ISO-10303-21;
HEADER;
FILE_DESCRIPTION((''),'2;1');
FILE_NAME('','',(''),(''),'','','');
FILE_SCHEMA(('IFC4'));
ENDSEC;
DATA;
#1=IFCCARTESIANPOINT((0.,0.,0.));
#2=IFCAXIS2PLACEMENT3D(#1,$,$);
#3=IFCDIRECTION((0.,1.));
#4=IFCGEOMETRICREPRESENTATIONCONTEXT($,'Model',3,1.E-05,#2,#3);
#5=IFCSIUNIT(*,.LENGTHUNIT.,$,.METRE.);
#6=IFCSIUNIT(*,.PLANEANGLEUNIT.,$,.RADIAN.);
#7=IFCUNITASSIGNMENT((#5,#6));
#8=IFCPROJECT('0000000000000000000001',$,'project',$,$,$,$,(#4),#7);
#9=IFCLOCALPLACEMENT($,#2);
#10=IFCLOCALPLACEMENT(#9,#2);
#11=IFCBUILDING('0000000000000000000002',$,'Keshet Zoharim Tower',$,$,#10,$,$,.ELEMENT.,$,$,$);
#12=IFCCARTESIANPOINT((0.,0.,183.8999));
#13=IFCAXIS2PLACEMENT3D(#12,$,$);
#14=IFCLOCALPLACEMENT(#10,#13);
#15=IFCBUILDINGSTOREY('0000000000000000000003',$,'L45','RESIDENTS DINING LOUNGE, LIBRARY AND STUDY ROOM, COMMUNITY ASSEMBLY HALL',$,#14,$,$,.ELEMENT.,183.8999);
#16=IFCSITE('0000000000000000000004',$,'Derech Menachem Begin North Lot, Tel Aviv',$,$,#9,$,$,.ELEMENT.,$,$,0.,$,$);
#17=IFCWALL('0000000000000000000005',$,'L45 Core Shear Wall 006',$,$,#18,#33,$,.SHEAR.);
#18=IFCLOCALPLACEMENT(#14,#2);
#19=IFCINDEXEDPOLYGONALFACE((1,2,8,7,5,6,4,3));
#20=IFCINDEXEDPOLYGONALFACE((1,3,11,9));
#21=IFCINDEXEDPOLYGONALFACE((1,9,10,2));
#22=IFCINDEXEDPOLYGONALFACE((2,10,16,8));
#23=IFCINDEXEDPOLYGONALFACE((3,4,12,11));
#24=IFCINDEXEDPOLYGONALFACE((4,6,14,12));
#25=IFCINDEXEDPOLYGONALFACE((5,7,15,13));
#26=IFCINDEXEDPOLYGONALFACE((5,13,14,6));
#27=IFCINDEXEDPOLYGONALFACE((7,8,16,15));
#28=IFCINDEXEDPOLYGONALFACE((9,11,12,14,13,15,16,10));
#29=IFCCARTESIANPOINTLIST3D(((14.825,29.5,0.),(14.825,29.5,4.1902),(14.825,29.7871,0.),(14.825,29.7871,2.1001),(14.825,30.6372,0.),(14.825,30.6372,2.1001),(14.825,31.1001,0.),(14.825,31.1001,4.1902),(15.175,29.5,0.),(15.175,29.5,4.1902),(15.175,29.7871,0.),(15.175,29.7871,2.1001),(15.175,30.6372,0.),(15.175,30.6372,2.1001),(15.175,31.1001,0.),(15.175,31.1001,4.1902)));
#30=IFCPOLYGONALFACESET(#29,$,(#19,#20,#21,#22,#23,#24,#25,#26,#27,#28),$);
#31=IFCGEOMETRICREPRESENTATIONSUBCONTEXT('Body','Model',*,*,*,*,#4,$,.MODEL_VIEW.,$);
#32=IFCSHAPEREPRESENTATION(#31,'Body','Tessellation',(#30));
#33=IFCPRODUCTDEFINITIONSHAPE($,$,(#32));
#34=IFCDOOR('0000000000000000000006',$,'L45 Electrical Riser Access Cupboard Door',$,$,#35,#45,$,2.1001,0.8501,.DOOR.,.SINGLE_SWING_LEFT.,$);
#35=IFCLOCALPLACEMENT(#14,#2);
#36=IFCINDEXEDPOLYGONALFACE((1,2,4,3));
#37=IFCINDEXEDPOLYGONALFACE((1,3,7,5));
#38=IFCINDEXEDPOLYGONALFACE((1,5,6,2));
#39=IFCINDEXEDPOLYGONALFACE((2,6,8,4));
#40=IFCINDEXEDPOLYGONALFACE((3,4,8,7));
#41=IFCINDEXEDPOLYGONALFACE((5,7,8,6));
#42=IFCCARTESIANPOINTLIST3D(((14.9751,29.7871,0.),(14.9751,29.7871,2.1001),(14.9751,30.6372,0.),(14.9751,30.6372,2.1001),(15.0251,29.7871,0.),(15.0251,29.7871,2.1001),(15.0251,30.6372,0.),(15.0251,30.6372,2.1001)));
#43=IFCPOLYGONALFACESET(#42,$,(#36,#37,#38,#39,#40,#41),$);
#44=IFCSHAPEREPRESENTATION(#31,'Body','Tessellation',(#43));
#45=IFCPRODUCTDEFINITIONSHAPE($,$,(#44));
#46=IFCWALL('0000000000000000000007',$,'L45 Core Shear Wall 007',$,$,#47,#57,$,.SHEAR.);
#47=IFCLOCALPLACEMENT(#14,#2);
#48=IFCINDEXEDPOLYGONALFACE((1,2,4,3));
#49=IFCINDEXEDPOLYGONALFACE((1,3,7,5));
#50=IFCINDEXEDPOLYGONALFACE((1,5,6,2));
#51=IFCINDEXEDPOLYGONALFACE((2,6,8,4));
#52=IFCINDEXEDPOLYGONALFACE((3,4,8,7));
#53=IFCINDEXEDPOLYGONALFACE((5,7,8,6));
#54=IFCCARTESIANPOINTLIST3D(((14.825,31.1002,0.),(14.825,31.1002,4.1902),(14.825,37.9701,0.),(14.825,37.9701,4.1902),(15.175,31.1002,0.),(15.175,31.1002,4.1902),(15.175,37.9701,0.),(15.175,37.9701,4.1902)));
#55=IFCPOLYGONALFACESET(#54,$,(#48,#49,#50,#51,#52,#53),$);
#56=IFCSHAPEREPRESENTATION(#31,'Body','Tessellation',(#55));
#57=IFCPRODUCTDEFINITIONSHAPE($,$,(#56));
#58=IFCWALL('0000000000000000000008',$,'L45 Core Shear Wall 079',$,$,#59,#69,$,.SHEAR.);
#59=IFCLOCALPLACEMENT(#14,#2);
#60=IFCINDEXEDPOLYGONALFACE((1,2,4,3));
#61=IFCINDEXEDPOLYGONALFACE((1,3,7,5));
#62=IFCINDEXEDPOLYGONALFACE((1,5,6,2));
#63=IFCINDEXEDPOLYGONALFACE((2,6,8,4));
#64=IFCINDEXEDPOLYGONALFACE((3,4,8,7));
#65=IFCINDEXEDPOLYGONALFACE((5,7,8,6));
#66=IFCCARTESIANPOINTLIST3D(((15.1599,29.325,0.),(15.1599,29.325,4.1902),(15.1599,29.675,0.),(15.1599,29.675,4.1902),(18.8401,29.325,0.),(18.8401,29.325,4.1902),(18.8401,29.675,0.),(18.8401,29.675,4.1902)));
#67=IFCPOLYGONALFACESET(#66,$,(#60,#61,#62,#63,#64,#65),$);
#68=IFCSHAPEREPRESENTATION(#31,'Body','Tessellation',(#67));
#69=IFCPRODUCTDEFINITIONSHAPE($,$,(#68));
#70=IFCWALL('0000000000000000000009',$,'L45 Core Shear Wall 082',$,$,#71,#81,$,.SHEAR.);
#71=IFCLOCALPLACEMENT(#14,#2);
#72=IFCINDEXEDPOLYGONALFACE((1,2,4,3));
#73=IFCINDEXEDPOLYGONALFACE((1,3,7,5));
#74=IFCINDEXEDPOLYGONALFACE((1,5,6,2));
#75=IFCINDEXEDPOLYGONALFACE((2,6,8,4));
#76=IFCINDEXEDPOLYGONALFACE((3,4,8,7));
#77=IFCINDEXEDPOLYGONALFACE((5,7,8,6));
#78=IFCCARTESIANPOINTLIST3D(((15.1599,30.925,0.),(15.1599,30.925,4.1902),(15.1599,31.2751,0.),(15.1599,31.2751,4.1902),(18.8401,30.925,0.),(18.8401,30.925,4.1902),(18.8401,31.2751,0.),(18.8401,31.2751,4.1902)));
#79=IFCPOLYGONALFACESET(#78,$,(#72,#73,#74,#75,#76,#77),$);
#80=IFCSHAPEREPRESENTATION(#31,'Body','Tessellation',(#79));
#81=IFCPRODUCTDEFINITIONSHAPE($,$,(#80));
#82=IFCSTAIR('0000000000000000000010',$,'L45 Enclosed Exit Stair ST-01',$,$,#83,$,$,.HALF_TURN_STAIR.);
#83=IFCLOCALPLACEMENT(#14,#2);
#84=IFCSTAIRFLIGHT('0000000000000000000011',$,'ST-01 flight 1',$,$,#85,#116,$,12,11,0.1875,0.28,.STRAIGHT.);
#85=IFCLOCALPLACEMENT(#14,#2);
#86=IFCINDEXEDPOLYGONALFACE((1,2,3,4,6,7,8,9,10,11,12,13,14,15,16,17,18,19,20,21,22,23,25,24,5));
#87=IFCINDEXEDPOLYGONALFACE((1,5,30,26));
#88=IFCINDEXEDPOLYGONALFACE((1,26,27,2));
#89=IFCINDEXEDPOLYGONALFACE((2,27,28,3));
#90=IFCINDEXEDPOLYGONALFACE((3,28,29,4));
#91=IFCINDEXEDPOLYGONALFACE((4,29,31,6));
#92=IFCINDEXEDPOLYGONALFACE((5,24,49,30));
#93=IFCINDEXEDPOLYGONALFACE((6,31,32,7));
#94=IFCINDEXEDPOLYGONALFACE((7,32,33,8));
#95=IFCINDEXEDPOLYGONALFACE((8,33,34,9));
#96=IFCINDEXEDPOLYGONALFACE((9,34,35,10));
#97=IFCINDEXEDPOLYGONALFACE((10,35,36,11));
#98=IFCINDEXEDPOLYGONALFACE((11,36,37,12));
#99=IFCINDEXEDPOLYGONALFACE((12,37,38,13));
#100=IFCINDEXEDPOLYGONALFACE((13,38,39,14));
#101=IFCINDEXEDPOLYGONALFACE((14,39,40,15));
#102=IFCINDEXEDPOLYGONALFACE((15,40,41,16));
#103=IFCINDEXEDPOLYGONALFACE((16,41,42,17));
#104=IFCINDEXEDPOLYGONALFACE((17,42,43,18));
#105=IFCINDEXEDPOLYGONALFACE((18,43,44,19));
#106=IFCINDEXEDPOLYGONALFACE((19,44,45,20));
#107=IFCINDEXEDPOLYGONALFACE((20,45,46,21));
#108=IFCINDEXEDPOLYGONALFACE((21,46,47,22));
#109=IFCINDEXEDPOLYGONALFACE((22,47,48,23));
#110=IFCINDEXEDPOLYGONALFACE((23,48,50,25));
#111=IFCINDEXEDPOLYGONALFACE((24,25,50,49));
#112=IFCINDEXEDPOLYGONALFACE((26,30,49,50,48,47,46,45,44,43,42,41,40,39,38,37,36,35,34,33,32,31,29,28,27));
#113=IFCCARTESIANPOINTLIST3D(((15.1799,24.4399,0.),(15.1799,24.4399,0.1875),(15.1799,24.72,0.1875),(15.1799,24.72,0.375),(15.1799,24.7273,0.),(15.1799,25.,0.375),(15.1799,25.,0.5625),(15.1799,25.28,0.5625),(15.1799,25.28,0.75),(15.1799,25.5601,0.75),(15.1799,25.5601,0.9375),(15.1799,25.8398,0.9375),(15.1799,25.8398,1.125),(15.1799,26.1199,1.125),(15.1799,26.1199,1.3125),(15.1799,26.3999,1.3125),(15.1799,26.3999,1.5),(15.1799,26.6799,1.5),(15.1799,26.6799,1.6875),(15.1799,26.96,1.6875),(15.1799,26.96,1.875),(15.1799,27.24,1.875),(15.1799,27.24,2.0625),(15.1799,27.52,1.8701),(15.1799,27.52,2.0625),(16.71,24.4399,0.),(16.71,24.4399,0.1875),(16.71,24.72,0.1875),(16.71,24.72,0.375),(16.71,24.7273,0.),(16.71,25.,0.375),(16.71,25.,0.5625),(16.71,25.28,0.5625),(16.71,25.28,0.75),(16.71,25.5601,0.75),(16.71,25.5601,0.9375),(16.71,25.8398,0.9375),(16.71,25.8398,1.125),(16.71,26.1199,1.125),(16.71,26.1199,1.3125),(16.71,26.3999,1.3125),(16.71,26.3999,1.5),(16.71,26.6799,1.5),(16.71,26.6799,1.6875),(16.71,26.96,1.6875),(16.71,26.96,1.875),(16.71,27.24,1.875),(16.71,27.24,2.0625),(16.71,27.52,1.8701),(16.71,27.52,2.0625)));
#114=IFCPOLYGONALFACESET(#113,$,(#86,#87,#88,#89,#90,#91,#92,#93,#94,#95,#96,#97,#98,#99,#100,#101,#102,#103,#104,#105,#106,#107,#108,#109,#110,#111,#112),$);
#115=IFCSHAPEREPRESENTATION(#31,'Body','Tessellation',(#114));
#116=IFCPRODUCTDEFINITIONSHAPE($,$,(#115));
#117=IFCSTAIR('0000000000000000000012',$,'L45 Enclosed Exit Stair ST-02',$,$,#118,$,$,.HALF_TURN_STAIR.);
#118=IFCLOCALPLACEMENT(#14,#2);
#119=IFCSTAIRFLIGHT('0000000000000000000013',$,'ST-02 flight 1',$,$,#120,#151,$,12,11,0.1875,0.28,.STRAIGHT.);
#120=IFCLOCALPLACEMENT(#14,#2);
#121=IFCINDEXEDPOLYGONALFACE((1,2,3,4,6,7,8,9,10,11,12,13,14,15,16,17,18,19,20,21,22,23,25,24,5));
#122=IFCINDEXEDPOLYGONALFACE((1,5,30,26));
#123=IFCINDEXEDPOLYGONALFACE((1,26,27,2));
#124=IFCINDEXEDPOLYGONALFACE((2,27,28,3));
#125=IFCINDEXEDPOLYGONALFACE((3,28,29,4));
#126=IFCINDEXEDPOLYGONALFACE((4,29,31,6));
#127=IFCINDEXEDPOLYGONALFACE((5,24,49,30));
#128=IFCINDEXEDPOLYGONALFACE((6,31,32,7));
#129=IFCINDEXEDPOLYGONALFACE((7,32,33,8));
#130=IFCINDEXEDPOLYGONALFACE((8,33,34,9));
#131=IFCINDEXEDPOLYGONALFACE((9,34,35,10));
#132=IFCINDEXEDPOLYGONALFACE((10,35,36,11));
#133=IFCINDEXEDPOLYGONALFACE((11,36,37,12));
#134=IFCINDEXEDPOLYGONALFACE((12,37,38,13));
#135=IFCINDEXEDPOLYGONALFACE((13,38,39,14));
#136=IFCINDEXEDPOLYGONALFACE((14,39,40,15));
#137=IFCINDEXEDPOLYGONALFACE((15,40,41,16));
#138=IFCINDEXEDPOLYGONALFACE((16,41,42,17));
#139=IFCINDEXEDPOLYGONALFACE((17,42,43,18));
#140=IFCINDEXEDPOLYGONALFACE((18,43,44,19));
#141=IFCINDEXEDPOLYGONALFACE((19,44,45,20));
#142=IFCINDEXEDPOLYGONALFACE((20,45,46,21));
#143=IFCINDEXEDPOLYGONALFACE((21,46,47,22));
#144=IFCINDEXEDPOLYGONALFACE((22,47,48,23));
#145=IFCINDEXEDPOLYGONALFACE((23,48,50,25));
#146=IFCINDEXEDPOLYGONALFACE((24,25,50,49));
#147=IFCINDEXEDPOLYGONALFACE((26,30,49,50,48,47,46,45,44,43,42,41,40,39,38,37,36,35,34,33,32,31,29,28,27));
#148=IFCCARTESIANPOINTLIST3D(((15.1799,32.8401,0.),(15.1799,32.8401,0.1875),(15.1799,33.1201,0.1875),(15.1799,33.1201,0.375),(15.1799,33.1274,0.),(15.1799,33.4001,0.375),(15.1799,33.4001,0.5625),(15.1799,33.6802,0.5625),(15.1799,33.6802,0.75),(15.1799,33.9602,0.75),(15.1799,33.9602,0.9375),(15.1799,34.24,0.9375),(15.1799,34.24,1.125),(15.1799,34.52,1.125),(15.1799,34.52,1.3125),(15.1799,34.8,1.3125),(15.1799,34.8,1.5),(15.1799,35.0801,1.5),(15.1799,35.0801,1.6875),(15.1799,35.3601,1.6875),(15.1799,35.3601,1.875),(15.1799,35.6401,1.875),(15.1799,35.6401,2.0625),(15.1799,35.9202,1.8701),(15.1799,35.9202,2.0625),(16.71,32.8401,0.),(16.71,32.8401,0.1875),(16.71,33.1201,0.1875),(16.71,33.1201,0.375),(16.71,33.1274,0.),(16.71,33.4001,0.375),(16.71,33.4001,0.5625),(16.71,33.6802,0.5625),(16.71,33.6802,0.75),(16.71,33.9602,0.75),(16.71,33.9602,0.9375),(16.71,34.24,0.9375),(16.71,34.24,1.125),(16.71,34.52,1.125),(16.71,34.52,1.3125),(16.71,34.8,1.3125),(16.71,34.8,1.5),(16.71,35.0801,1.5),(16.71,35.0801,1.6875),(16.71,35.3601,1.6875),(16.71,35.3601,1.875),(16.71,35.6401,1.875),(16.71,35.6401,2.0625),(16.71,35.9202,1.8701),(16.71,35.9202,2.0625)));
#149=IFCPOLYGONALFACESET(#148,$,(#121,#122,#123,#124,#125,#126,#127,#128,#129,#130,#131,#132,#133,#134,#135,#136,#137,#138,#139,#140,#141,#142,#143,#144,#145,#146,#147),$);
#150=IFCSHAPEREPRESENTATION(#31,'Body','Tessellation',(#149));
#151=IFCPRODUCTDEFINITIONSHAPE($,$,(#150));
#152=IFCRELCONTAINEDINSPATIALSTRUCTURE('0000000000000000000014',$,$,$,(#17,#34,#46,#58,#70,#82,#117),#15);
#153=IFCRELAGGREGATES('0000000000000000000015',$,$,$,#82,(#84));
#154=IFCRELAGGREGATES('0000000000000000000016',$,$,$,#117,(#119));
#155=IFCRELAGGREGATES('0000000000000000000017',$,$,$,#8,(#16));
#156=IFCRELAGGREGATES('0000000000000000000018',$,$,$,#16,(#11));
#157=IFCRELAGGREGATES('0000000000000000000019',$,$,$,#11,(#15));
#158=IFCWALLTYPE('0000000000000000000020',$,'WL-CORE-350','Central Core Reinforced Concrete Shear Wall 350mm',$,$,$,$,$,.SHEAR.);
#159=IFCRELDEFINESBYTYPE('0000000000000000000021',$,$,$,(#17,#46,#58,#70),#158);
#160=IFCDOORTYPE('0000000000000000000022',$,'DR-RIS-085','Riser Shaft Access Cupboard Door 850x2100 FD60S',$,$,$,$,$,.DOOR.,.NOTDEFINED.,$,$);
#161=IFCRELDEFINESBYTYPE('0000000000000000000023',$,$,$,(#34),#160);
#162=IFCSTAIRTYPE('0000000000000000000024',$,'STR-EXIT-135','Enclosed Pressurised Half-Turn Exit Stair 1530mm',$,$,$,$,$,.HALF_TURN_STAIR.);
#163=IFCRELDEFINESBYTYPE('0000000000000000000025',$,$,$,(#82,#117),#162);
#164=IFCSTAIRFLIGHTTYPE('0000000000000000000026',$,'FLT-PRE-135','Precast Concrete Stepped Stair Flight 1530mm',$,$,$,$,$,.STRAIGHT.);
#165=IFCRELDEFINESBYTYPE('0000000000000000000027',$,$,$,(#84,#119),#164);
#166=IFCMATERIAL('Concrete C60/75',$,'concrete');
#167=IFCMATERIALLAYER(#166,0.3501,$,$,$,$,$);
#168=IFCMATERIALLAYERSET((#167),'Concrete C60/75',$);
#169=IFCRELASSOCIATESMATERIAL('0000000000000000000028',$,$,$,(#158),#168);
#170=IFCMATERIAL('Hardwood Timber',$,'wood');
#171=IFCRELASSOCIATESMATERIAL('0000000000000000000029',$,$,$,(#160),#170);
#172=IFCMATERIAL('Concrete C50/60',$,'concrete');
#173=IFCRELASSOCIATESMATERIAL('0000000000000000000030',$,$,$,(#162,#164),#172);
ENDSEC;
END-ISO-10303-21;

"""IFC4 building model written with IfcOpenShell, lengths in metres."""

from ifc_helpers import new_model, si_unit, direction, frame, frame_2d, origin, place, context, subcontext, project, spatial, polyline, rectangle, outline, extrude, material, layer, layer_set, type_object, element, fill, aggregate, save


model = new_model("IFC4")

# Units and contexts
model_context = context("Model", 3, precision=1e-05, world=origin(), true_north=direction((0.0, 1.0)))
body_context = subcontext(model_context, "Body", "Model", "MODEL_VIEW")
ifc_project = project(units=[si_unit("LENGTHUNIT", "METRE"), si_unit("PLANEANGLEUNIT", "RADIAN")], contexts=[model_context])

# Site, building, storey
site_placement = place(None, origin())
site = spatial("IfcSite", under=ifc_project, at=site_placement, Name="Derech Menachem Begin North Lot, Tel Aviv", CompositionType="ELEMENT", RefElevation=0.0)
building_placement = place(site_placement, origin())
building = spatial("IfcBuilding", under=site, at=building_placement, Name="Keshet Zoharim Tower", CompositionType="ELEMENT")
storey_placement = place(building_placement, frame((0.0, 0.0, 183.8999)))
storey = spatial("IfcBuildingStorey", under=building, at=storey_placement, Name="L45", Description="RESIDENTS DINING LOUNGE, LIBRARY AND STUDY ROOM, COMMUNITY ASSEMBLY HALL", CompositionType="ELEMENT", Elevation=183.8999)

# Wall, opening, door
ifc_material_1 = material(Name="Concrete C60/75", Category="concrete")
ifc_layer_1 = layer(ifc_material_1, 0.3501)
ifc_layer_set_1 = layer_set([ifc_layer_1], Name="Concrete C60/75")
wall_type = type_object("IfcWallType", Name="WL-CORE-350", Description="Central Core Reinforced Concrete Shear Wall 350mm", PredefinedType="SHEAR", material=ifc_layer_set_1)
wall_1_placement = place(storey_placement, frame((15.0, 29.5, 0.0), z_axis=(0.0, 0.0, 1.0), x_axis=(0.0, 1.0, 0.0)))
wall_1 = element("IfcWall", 1, at=wall_1_placement, inside=storey, type_object=wall_type, Name="L45 Core Shear Wall 006", PredefinedType="SHEAR", context=body_context, shape_type="SweptSolid", body=[
    extrude(rectangle(XDim=1.6001, YDim=0.3501, at=frame_2d((0.8, 0.0))), origin(), (0.0, 0.0, 1.0), 4.1902),
])
opening_placement = place(wall_1_placement, frame((0.2871, 0.0, 0.0)))
opening = element("IfcOpeningElement", 2, at=opening_placement, cuts=wall_1, PredefinedType="OPENING", context=body_context, shape_type="SweptSolid", body=[
    extrude(rectangle(XDim=0.8501, YDim=2.1001, at=frame_2d((0.425, 1.05))), frame((0.0, 0.1851, 0.0), z_axis=(0.0, -1.0, 0.0), x_axis=(1.0, 0.0, 0.0)), (0.0, 0.0, 1.0), 0.3701),
])
ifc_material_2 = material(Name="Hardwood Timber", Category="wood")
door_type = type_object("IfcDoorType", Name="DR-RIS-085", Description="Riser Shaft Access Cupboard Door 850x2100 FD60S", OperationType="NOTDEFINED", PredefinedType="DOOR", material=ifc_material_2)
door_placement = place(opening_placement, origin())
door = element("IfcDoor", 3, at=door_placement, inside=storey, type_object=door_type, Name="L45 Electrical Riser Access Cupboard Door", OperationType="SINGLE_SWING_LEFT", OverallHeight=2.1001, OverallWidth=0.8501, PredefinedType="DOOR", context=body_context, shape_type="SweptSolid", body=[
    extrude(rectangle(XDim=0.8501, YDim=2.1001, at=frame_2d((0.425, 1.05))), frame((0.0, 0.0249, 0.0), z_axis=(0.0, -1.0, 0.0), x_axis=(1.0, 0.0, 0.0)), (0.0, 0.0, 1.0), 0.05),
])
fill(opening, door)

# Walls
wall_2_placement = place(storey_placement, frame((15.0, 31.1001, 0.0), z_axis=(0.0, 0.0, 1.0), x_axis=(0.0, 1.0, 0.0)))
element("IfcWall", 4, at=wall_2_placement, inside=storey, type_object=wall_type, Name="L45 Core Shear Wall 007", PredefinedType="SHEAR", context=body_context, shape_type="SweptSolid", body=[
    extrude(rectangle(XDim=6.8699, YDim=0.3501, at=frame_2d((3.4351, 0.0))), origin(), (0.0, 0.0, 1.0), 4.1902),
])
for number, where, z_axis, x_axis, name in (
    (5, (15.1599, 29.5, 0.0), (0.0, 0.0, 1.0), (1.0, 0.0, 0.0), "L45 Core Shear Wall 079"),
    (6, (15.1599, 31.1001, 0.0), (0.0, 0.0, 1.0), (1.0, 0.0, 0.0), "L45 Core Shear Wall 082"),
):
    element("IfcWall", number, at=place(storey_placement, frame(where, z_axis=z_axis, x_axis=x_axis)), inside=storey, type_object=wall_type, Name=name, PredefinedType="SHEAR", context=body_context, shape_type="SweptSolid", body=[
        extrude(rectangle(XDim=3.6802, YDim=0.3501, at=frame_2d((1.8401, 0.0))), origin(), (0.0, 0.0, 1.0), 4.1902),
    ])

# Stairs, stair flights
ifc_material_3 = material(Name="Concrete C50/60", Category="concrete")
stair_type = type_object("IfcStairType", Name="STR-EXIT-135", Description="Enclosed Pressurised Half-Turn Exit Stair 1530mm", PredefinedType="HALF_TURN_STAIR", material=ifc_material_3)
stair_1_placement = place(storey_placement, origin())
stair_1 = element("IfcStair", 7, at=stair_1_placement, inside=storey, type_object=stair_type, Name="L45 Enclosed Exit Stair ST-01", PredefinedType="HALF_TURN_STAIR")
stair_flight_type = type_object("IfcStairFlightType", Name="FLT-PRE-135", Description="Precast Concrete Stepped Stair Flight 1530mm", PredefinedType="STRAIGHT", material=ifc_material_3)
stair_flight_1_placement = place(storey_placement, frame((15.9451, 24.4399, 0.0), z_axis=(0.0, 0.0, 1.0), x_axis=(0.0, 1.0, 0.0)))
stair_flight_1 = element("IfcStairFlight", 8, at=stair_flight_1_placement, type_object=stair_flight_type, Name="ST-01 flight 1", NumberOfRisers=12, NumberOfTreads=11, PredefinedType="STRAIGHT", RiserHeight=0.1875, TreadLength=0.28, context=body_context, shape_type="SweptSolid", body=[
    extrude(outline(polyline([(0.0, 0.0), (0.0, 0.1875), (0.28, 0.1875), (0.28, 0.375), (0.5601, 0.375), (0.5601, 0.5625), (0.8401, 0.5625), (0.8401, 0.75), (1.1201, 0.75), (1.1201, 0.9375), (1.3999, 0.9375), (1.3999, 1.125), (1.6799, 1.125), (1.6799, 1.3125), (1.96, 1.3125), (1.96, 1.5), (2.24, 1.5), (2.24, 1.6875), (2.52, 1.6875), (2.52, 1.875), (2.8, 1.875), (2.8, 2.0625), (3.0801, 2.0625), (3.0801, 2.25), (3.0801, 1.8701), (0.2874, 0.0), (0.0, 0.0)])), frame((0.0, 0.7651, 0.0), z_axis=(0.0, -1.0, 0.0), x_axis=(1.0, 0.0, 0.0)), (0.0, 0.0, 1.0), 1.53),
])
aggregate(stair_1, [stair_flight_1])
stair_2_placement = place(storey_placement, origin())
stair_2 = element("IfcStair", 9, at=stair_2_placement, inside=storey, type_object=stair_type, Name="L45 Enclosed Exit Stair ST-02", PredefinedType="HALF_TURN_STAIR")
stair_flight_2_placement = place(storey_placement, frame((15.9451, 32.8401, 0.0), z_axis=(0.0, 0.0, 1.0), x_axis=(0.0, 1.0, 0.0)))
stair_flight_2 = element("IfcStairFlight", 10, at=stair_flight_2_placement, type_object=stair_flight_type, Name="ST-02 flight 1", NumberOfRisers=12, NumberOfTreads=11, PredefinedType="STRAIGHT", RiserHeight=0.1875, TreadLength=0.28, context=body_context, shape_type="SweptSolid", body=[
    extrude(outline(polyline([(0.0, 0.0), (0.0, 0.1875), (0.28, 0.1875), (0.28, 0.375), (0.5601, 0.375), (0.5601, 0.5625), (0.8401, 0.5625), (0.8401, 0.75), (1.1201, 0.75), (1.1201, 0.9375), (1.3999, 0.9375), (1.3999, 1.125), (1.6799, 1.125), (1.6799, 1.3125), (1.96, 1.3125), (1.96, 1.5), (2.24, 1.5), (2.24, 1.6875), (2.52, 1.6875), (2.52, 1.875), (2.8, 1.875), (2.8, 2.0625), (3.0801, 2.0625), (3.0801, 2.25), (3.0801, 1.8701), (0.2874, 0.0), (0.0, 0.0)])), frame((0.0, 0.7651, 0.0), z_axis=(0.0, -1.0, 0.0), x_axis=(1.0, 0.0, 0.0)), (0.0, 0.0, 1.0), 1.53),
])
aggregate(stair_2, [stair_flight_2])

save(model, "model.ifc")
